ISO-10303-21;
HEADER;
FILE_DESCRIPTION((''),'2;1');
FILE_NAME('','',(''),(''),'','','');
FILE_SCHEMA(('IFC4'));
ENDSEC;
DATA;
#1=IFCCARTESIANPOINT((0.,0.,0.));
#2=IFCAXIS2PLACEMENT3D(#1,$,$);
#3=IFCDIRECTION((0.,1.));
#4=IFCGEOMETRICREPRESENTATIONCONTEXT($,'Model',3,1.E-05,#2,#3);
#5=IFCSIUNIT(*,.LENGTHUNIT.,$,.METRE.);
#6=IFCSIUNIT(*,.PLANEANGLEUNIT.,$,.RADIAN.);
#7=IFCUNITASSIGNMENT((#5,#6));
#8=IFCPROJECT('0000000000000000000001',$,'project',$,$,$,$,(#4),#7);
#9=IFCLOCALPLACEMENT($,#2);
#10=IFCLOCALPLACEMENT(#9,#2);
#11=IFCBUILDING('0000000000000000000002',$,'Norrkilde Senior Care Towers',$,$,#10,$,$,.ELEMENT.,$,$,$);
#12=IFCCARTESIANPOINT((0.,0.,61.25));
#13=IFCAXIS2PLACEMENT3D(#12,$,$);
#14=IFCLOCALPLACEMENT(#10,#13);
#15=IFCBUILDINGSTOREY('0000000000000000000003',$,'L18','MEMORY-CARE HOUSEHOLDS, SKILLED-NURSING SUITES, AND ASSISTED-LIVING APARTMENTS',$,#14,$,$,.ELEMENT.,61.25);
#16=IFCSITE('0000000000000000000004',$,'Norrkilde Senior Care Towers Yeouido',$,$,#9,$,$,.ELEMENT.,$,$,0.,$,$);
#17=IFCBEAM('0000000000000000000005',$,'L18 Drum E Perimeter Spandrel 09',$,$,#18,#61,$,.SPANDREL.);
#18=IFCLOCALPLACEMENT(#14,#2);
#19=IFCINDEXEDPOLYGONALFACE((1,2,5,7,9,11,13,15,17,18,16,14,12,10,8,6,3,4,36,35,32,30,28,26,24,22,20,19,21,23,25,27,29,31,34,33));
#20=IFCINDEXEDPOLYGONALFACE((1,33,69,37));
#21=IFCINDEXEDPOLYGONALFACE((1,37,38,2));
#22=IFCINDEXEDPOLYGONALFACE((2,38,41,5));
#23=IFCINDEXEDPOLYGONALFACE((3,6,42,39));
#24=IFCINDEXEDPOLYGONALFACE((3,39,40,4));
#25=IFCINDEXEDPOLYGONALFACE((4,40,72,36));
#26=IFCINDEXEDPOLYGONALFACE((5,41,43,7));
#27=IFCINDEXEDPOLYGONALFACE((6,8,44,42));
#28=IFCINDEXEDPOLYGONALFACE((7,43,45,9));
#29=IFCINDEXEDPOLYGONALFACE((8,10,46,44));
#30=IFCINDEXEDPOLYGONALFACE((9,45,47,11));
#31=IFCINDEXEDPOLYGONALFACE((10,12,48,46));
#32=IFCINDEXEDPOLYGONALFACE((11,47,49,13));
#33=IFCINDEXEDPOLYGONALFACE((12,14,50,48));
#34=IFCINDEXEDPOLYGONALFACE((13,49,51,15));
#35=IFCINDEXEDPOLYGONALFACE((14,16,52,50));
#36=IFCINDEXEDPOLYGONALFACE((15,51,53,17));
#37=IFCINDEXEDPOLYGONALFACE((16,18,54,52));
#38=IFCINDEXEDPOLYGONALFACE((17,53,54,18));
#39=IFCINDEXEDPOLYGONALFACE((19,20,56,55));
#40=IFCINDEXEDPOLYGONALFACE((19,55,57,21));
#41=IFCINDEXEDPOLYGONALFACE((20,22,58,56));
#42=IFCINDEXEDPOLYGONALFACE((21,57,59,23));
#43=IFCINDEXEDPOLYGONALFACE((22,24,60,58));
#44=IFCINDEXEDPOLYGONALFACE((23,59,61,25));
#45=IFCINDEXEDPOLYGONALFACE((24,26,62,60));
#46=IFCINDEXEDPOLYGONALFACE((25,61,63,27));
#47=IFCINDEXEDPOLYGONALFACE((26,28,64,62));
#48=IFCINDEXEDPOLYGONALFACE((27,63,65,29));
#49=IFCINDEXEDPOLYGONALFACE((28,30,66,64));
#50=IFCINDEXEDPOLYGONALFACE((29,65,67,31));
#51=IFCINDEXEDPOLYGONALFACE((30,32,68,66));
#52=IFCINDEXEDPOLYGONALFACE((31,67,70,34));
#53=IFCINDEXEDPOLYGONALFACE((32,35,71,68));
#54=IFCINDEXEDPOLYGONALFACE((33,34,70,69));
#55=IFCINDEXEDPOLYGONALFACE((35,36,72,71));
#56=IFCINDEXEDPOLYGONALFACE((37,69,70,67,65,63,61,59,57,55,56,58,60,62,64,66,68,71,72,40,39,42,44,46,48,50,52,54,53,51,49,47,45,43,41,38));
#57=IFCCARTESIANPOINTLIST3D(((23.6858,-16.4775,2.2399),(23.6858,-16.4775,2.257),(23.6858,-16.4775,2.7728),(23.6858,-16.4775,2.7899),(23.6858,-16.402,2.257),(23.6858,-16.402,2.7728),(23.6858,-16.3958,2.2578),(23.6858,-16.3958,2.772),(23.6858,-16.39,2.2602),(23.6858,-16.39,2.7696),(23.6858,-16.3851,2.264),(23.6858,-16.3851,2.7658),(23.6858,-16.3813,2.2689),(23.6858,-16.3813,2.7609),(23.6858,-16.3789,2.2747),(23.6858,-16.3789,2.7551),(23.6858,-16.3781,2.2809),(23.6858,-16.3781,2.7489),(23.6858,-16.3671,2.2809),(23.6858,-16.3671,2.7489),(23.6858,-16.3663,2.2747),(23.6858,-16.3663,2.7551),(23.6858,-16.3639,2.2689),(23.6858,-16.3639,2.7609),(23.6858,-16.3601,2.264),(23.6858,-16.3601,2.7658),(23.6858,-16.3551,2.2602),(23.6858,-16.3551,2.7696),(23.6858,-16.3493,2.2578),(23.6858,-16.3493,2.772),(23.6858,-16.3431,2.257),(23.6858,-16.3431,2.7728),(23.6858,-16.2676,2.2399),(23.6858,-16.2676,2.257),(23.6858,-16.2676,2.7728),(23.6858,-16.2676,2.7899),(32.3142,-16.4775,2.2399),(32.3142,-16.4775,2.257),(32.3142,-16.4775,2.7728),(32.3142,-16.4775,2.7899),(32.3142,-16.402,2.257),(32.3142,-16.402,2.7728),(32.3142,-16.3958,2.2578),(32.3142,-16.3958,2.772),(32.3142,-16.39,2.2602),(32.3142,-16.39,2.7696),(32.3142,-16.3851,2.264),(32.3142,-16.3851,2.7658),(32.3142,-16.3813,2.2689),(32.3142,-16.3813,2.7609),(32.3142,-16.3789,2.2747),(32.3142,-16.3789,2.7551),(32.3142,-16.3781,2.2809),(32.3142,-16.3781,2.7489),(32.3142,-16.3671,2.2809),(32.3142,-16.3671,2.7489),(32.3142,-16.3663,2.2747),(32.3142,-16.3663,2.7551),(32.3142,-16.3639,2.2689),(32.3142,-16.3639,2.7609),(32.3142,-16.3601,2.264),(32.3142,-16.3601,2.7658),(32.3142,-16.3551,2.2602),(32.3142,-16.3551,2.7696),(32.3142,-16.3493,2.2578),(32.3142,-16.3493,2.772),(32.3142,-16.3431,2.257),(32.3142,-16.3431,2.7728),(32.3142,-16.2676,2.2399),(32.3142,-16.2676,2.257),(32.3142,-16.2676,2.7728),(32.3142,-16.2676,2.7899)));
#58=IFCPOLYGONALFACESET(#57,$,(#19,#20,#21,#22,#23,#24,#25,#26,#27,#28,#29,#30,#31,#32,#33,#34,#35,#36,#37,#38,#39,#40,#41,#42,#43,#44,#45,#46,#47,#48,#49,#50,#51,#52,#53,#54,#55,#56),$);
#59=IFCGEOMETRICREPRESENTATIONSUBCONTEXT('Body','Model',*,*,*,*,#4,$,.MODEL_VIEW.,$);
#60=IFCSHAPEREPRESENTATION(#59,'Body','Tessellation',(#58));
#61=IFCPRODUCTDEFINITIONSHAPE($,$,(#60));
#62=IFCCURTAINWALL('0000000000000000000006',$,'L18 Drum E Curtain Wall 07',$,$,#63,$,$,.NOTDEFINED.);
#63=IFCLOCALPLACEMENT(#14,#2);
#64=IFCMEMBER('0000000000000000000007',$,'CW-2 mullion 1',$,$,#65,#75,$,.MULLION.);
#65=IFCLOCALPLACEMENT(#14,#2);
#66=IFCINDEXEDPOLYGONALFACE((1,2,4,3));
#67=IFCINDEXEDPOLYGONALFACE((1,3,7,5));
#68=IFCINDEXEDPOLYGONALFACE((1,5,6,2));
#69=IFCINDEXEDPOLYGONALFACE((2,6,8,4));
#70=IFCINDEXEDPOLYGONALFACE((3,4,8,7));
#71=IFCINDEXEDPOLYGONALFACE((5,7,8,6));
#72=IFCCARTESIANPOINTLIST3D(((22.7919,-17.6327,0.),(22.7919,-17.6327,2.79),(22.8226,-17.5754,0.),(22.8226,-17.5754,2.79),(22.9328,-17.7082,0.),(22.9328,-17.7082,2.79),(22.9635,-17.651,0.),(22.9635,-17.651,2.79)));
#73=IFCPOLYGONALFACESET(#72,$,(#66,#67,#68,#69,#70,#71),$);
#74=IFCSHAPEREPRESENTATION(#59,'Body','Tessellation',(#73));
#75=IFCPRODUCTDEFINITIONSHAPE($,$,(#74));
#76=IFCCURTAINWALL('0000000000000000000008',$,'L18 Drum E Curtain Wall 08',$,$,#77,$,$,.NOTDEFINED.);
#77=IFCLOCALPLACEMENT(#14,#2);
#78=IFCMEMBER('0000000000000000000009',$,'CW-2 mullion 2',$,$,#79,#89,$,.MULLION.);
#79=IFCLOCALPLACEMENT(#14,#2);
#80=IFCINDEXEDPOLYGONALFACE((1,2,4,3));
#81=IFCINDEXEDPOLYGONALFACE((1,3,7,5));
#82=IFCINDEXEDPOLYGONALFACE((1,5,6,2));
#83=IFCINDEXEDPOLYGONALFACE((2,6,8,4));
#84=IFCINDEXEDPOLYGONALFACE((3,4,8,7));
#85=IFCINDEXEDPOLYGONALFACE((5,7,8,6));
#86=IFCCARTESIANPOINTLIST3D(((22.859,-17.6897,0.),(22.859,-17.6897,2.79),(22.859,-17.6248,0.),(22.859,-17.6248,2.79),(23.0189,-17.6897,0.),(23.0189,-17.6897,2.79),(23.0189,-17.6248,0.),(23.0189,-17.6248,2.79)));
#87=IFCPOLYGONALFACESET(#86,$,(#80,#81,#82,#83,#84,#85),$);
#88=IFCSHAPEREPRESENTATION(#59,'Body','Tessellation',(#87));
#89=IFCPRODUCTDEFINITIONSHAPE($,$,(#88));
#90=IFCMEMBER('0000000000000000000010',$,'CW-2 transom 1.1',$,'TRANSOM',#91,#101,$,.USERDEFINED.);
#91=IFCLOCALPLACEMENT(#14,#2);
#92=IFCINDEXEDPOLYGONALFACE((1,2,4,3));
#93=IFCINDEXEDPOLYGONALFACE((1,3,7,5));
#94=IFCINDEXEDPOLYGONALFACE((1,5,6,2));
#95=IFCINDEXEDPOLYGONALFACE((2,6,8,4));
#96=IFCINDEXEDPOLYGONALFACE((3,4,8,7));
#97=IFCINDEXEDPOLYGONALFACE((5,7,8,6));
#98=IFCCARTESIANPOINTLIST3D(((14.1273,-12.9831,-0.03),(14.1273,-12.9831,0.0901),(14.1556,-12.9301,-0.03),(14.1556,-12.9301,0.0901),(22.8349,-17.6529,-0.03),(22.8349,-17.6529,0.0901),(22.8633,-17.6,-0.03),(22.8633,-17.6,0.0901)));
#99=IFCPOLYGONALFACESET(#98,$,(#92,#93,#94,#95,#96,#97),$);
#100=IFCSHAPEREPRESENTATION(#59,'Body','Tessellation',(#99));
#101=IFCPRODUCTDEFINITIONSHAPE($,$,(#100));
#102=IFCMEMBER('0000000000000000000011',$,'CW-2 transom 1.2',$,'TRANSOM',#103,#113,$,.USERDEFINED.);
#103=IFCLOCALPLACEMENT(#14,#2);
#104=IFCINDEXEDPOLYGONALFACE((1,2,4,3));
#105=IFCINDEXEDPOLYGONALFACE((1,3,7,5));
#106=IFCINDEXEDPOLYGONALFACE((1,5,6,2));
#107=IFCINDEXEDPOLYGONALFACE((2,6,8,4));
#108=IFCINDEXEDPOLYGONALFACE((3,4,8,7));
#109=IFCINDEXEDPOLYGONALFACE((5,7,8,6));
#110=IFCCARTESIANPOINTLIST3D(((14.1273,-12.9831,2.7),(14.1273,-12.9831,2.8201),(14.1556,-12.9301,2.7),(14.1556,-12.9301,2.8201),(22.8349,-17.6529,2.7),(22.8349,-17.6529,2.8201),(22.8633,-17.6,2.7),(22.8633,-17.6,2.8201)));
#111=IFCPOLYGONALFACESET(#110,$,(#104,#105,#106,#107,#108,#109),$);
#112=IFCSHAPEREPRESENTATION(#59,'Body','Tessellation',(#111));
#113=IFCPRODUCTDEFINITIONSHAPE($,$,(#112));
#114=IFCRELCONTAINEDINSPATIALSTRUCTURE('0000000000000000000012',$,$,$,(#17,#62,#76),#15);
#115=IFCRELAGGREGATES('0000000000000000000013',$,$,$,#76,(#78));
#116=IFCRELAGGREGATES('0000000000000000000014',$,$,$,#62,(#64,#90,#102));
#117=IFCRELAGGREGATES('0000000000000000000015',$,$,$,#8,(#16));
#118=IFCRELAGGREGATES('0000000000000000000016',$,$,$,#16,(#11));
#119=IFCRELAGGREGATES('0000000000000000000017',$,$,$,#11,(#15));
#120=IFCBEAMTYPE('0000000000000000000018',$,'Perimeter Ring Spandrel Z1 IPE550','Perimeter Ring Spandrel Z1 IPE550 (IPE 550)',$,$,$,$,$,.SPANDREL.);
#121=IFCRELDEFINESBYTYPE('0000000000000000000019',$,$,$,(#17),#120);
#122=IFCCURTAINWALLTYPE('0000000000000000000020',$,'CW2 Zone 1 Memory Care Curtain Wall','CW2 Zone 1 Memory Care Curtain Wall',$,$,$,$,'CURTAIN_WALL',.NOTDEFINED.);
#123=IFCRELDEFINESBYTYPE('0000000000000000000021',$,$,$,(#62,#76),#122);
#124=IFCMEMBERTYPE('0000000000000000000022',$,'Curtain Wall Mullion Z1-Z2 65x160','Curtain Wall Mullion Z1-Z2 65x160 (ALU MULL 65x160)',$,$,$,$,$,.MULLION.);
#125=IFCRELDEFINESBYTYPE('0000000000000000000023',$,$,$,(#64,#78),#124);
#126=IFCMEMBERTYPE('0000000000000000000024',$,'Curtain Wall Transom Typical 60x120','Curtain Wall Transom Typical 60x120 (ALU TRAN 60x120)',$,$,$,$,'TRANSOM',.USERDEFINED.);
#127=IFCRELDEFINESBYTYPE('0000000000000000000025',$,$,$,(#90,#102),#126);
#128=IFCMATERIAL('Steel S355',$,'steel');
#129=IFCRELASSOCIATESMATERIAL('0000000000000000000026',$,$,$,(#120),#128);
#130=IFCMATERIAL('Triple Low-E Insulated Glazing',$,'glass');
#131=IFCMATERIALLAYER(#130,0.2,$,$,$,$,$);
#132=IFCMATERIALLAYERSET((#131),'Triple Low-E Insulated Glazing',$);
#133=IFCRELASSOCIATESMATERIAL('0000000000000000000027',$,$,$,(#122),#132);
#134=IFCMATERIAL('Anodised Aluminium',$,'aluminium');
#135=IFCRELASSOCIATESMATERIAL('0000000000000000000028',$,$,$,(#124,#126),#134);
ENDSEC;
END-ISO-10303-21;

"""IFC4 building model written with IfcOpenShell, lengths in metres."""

from ifc_helpers import new_model, si_unit, direction, frame, origin, origin_2d, place, context, subcontext, project, spatial, rectangle, i_section, extrude, source, transform, mapped, material, layer, layer_set, material_profile, profile_set, type_object, type_shapes, element, aggregate, save


model = new_model("IFC4")

# Units and contexts
model_context = context("Model", 3, precision=1e-05, world=origin(), true_north=direction((0.0, 1.0)))
body_context = subcontext(model_context, "Body", "Model", "MODEL_VIEW")
ifc_project = project(units=[si_unit("LENGTHUNIT", "METRE"), si_unit("PLANEANGLEUNIT", "RADIAN")], contexts=[model_context])

# Site, building, storey
site_placement = place(None, origin())
site = spatial("IfcSite", under=ifc_project, at=site_placement, Name="Norrkilde Senior Care Towers Yeouido", CompositionType="ELEMENT", RefElevation=0.0)
building_placement = place(site_placement, origin())
building = spatial("IfcBuilding", under=site, at=building_placement, Name="Norrkilde Senior Care Towers", CompositionType="ELEMENT")
storey_placement = place(building_placement, frame((0.0, 0.0, 61.25)))
storey = spatial("IfcBuildingStorey", under=building, at=storey_placement, Name="L18", Description="MEMORY-CARE HOUSEHOLDS, SKILLED-NURSING SUITES, AND ASSISTED-LIVING APARTMENTS", CompositionType="ELEMENT", Elevation=61.25)

# Beam
ifc_material_1 = material(Name="Steel S355", Category="steel")
ifc_material_profile_1 = material_profile(ifc_material_1, i_section(OverallWidth=0.21, OverallDepth=0.55, WebThickness=0.011, FlangeThickness=0.0171, FilletRadius=0.0239, at=origin_2d()), Name="IPE 550")
ifc_profile_set_1 = profile_set([ifc_material_profile_1], Name="Steel S355")
beam_type_1 = type_object("IfcBeamType", Name="Perimeter Ring Spandrel Z1 IPE550", Description="Perimeter Ring Spandrel Z1 IPE550 (IPE 550)", PredefinedType="SPANDREL", material=ifc_profile_set_1)
shared_shape_1 = source(origin(), body_context, "Body", "SweptSolid", [
    extrude(i_section(OverallWidth=0.21, OverallDepth=0.55, WebThickness=0.011, FlangeThickness=0.0171, FilletRadius=0.0239, at=origin_2d()), origin(), (0.0, 0.0, 1.0), 8.6284),
])
type_shapes(beam_type_1, [shared_shape_1])
beam_1_placement = place(storey_placement, frame((23.6858, -16.3726, 2.5149), z_axis=(1.0, 0.0, 0.0), x_axis=(0.0, 1.0, 0.0)))
element("IfcBeam", 1, at=beam_1_placement, inside=storey, type_object=beam_type_1, Name="L18 Drum E Perimeter Spandrel 09", PredefinedType="SPANDREL", context=body_context, shape_type="MappedRepresentation", body=[
    mapped(shared_shape_1, transform((0.0, 0.0, 0.0), x_axis=(1.0, 0.0, 0.0), y_axis=(0.0, 1.0, 0.0), z_axis=(0.0, 0.0, 1.0), scale=1.0)),
])

# Curtain walls, members
ifc_material_2 = material(Name="Triple Low-E Insulated Glazing", Category="glass")
ifc_layer_1 = layer(ifc_material_2, 0.2)
ifc_layer_set_1 = layer_set([ifc_layer_1], Name="Triple Low-E Insulated Glazing")
curtain_wall_type = type_object("IfcCurtainWallType", Name="CW2 Zone 1 Memory Care Curtain Wall", Description="CW2 Zone 1 Memory Care Curtain Wall", ElementType="CURTAIN_WALL", PredefinedType="NOTDEFINED", material=ifc_layer_set_1)
curtain_wall_1_placement = place(storey_placement, origin())
curtain_wall_1 = element("IfcCurtainWall", 2, at=curtain_wall_1_placement, inside=storey, type_object=curtain_wall_type, Name="L18 Drum E Curtain Wall 07", PredefinedType="NOTDEFINED")
ifc_material_3 = material(Name="Anodised Aluminium", Category="aluminium")
ifc_material_profile_2 = material_profile(ifc_material_3, rectangle(XDim=0.0649, YDim=0.1599, at=origin_2d()), Name="ALU MULL 65x160")
ifc_profile_set_2 = profile_set([ifc_material_profile_2], Name="Anodised Aluminium")
member_type_1 = type_object("IfcMemberType", Name="Curtain Wall Mullion Z1-Z2 65x160", Description="Curtain Wall Mullion Z1-Z2 65x160 (ALU MULL 65x160)", PredefinedType="MULLION", material=ifc_profile_set_2)
shared_shape_2 = source(origin(), body_context, "Body", "SweptSolid", [
    extrude(rectangle(XDim=0.0649, YDim=0.1599, at=origin_2d()), origin(), (0.0, 0.0, 1.0), 2.79),
])
type_shapes(member_type_1, [shared_shape_2])
member_1_placement = place(storey_placement, frame((22.8777, -17.6418, 0.0), z_axis=(0.0, 0.0, 1.0), x_axis=(-0.472608, -0.881273, 0.0)))
member_1 = element("IfcMember", 3, at=member_1_placement, type_object=member_type_1, Name="CW-2 mullion 1", PredefinedType="MULLION", context=body_context, shape_type="MappedRepresentation", body=[
    mapped(shared_shape_2, transform((0.0, 0.0, 0.0), x_axis=(1.0, 0.0, 0.0), y_axis=(0.0, 1.0, 0.0), z_axis=(0.0, 0.0, 1.0), scale=1.0)),
])
curtain_wall_2_placement = place(storey_placement, origin())
curtain_wall_2 = element("IfcCurtainWall", 4, at=curtain_wall_2_placement, inside=storey, type_object=curtain_wall_type, Name="L18 Drum E Curtain Wall 08", PredefinedType="NOTDEFINED")
member_2_placement = place(storey_placement, frame((22.939, -17.6572, 0.0), z_axis=(0.0, 0.0, 1.0), x_axis=(0.0, -1.0, 0.0)))
member_2 = element("IfcMember", 5, at=member_2_placement, type_object=member_type_1, Name="CW-2 mullion 2", PredefinedType="MULLION", context=body_context, shape_type="MappedRepresentation", body=[
    mapped(shared_shape_2, transform((0.0, 0.0, 0.0), x_axis=(1.0, 0.0, 0.0), y_axis=(0.0, 1.0, 0.0), z_axis=(0.0, 0.0, 1.0), scale=1.0)),
])
aggregate(curtain_wall_2, [member_2])

# Members
ifc_material_profile_3 = material_profile(ifc_material_3, rectangle(XDim=0.0601, YDim=0.1201, at=origin_2d()), Name="ALU TRAN 60x120")
ifc_profile_set_3 = profile_set([ifc_material_profile_3], Name="Anodised Aluminium")
member_type_2 = type_object("IfcMemberType", Name="Curtain Wall Transom Typical 60x120", Description="Curtain Wall Transom Typical 60x120 (ALU TRAN 60x120)", ElementType="TRANSOM", PredefinedType="USERDEFINED", material=ifc_profile_set_3)
shared_shape_3 = source(origin(), body_context, "Body", "SweptSolid", [
    extrude(rectangle(XDim=0.0601, YDim=0.1201, at=origin_2d()), origin(), (0.0, 0.0, 1.0), 9.8809),
])
type_shapes(member_type_2, [shared_shape_3])
member_3_placement = place(storey_placement, frame((22.8491, -17.6265, 0.03), z_axis=(-0.881267, 0.472618, 0.0), x_axis=(-0.472618, -0.881267, 0.0)))
member_3 = element("IfcMember", 6, at=member_3_placement, type_object=member_type_2, Name="CW-2 transom 1.1", ObjectType="TRANSOM", PredefinedType="USERDEFINED", context=body_context, shape_type="MappedRepresentation", body=[
    mapped(shared_shape_3, transform((0.0, 0.0, 0.0), x_axis=(1.0, 0.0, 0.0), y_axis=(0.0, 1.0, 0.0), z_axis=(0.0, 0.0, 1.0), scale=1.0)),
])
member_4_placement = place(storey_placement, frame((22.8491, -17.6265, 2.76), z_axis=(-0.881267, 0.472618, 0.0), x_axis=(-0.472618, -0.881267, 0.0)))
member_4 = element("IfcMember", 7, at=member_4_placement, type_object=member_type_2, Name="CW-2 transom 1.2", ObjectType="TRANSOM", PredefinedType="USERDEFINED", context=body_context, shape_type="MappedRepresentation", body=[
    mapped(shared_shape_3, transform((0.0, 0.0, 0.0), x_axis=(1.0, 0.0, 0.0), y_axis=(0.0, 1.0, 0.0), z_axis=(0.0, 0.0, 1.0), scale=1.0)),
])
aggregate(curtain_wall_1, [member_1, member_3, member_4])

save(model, "model.ifc")
